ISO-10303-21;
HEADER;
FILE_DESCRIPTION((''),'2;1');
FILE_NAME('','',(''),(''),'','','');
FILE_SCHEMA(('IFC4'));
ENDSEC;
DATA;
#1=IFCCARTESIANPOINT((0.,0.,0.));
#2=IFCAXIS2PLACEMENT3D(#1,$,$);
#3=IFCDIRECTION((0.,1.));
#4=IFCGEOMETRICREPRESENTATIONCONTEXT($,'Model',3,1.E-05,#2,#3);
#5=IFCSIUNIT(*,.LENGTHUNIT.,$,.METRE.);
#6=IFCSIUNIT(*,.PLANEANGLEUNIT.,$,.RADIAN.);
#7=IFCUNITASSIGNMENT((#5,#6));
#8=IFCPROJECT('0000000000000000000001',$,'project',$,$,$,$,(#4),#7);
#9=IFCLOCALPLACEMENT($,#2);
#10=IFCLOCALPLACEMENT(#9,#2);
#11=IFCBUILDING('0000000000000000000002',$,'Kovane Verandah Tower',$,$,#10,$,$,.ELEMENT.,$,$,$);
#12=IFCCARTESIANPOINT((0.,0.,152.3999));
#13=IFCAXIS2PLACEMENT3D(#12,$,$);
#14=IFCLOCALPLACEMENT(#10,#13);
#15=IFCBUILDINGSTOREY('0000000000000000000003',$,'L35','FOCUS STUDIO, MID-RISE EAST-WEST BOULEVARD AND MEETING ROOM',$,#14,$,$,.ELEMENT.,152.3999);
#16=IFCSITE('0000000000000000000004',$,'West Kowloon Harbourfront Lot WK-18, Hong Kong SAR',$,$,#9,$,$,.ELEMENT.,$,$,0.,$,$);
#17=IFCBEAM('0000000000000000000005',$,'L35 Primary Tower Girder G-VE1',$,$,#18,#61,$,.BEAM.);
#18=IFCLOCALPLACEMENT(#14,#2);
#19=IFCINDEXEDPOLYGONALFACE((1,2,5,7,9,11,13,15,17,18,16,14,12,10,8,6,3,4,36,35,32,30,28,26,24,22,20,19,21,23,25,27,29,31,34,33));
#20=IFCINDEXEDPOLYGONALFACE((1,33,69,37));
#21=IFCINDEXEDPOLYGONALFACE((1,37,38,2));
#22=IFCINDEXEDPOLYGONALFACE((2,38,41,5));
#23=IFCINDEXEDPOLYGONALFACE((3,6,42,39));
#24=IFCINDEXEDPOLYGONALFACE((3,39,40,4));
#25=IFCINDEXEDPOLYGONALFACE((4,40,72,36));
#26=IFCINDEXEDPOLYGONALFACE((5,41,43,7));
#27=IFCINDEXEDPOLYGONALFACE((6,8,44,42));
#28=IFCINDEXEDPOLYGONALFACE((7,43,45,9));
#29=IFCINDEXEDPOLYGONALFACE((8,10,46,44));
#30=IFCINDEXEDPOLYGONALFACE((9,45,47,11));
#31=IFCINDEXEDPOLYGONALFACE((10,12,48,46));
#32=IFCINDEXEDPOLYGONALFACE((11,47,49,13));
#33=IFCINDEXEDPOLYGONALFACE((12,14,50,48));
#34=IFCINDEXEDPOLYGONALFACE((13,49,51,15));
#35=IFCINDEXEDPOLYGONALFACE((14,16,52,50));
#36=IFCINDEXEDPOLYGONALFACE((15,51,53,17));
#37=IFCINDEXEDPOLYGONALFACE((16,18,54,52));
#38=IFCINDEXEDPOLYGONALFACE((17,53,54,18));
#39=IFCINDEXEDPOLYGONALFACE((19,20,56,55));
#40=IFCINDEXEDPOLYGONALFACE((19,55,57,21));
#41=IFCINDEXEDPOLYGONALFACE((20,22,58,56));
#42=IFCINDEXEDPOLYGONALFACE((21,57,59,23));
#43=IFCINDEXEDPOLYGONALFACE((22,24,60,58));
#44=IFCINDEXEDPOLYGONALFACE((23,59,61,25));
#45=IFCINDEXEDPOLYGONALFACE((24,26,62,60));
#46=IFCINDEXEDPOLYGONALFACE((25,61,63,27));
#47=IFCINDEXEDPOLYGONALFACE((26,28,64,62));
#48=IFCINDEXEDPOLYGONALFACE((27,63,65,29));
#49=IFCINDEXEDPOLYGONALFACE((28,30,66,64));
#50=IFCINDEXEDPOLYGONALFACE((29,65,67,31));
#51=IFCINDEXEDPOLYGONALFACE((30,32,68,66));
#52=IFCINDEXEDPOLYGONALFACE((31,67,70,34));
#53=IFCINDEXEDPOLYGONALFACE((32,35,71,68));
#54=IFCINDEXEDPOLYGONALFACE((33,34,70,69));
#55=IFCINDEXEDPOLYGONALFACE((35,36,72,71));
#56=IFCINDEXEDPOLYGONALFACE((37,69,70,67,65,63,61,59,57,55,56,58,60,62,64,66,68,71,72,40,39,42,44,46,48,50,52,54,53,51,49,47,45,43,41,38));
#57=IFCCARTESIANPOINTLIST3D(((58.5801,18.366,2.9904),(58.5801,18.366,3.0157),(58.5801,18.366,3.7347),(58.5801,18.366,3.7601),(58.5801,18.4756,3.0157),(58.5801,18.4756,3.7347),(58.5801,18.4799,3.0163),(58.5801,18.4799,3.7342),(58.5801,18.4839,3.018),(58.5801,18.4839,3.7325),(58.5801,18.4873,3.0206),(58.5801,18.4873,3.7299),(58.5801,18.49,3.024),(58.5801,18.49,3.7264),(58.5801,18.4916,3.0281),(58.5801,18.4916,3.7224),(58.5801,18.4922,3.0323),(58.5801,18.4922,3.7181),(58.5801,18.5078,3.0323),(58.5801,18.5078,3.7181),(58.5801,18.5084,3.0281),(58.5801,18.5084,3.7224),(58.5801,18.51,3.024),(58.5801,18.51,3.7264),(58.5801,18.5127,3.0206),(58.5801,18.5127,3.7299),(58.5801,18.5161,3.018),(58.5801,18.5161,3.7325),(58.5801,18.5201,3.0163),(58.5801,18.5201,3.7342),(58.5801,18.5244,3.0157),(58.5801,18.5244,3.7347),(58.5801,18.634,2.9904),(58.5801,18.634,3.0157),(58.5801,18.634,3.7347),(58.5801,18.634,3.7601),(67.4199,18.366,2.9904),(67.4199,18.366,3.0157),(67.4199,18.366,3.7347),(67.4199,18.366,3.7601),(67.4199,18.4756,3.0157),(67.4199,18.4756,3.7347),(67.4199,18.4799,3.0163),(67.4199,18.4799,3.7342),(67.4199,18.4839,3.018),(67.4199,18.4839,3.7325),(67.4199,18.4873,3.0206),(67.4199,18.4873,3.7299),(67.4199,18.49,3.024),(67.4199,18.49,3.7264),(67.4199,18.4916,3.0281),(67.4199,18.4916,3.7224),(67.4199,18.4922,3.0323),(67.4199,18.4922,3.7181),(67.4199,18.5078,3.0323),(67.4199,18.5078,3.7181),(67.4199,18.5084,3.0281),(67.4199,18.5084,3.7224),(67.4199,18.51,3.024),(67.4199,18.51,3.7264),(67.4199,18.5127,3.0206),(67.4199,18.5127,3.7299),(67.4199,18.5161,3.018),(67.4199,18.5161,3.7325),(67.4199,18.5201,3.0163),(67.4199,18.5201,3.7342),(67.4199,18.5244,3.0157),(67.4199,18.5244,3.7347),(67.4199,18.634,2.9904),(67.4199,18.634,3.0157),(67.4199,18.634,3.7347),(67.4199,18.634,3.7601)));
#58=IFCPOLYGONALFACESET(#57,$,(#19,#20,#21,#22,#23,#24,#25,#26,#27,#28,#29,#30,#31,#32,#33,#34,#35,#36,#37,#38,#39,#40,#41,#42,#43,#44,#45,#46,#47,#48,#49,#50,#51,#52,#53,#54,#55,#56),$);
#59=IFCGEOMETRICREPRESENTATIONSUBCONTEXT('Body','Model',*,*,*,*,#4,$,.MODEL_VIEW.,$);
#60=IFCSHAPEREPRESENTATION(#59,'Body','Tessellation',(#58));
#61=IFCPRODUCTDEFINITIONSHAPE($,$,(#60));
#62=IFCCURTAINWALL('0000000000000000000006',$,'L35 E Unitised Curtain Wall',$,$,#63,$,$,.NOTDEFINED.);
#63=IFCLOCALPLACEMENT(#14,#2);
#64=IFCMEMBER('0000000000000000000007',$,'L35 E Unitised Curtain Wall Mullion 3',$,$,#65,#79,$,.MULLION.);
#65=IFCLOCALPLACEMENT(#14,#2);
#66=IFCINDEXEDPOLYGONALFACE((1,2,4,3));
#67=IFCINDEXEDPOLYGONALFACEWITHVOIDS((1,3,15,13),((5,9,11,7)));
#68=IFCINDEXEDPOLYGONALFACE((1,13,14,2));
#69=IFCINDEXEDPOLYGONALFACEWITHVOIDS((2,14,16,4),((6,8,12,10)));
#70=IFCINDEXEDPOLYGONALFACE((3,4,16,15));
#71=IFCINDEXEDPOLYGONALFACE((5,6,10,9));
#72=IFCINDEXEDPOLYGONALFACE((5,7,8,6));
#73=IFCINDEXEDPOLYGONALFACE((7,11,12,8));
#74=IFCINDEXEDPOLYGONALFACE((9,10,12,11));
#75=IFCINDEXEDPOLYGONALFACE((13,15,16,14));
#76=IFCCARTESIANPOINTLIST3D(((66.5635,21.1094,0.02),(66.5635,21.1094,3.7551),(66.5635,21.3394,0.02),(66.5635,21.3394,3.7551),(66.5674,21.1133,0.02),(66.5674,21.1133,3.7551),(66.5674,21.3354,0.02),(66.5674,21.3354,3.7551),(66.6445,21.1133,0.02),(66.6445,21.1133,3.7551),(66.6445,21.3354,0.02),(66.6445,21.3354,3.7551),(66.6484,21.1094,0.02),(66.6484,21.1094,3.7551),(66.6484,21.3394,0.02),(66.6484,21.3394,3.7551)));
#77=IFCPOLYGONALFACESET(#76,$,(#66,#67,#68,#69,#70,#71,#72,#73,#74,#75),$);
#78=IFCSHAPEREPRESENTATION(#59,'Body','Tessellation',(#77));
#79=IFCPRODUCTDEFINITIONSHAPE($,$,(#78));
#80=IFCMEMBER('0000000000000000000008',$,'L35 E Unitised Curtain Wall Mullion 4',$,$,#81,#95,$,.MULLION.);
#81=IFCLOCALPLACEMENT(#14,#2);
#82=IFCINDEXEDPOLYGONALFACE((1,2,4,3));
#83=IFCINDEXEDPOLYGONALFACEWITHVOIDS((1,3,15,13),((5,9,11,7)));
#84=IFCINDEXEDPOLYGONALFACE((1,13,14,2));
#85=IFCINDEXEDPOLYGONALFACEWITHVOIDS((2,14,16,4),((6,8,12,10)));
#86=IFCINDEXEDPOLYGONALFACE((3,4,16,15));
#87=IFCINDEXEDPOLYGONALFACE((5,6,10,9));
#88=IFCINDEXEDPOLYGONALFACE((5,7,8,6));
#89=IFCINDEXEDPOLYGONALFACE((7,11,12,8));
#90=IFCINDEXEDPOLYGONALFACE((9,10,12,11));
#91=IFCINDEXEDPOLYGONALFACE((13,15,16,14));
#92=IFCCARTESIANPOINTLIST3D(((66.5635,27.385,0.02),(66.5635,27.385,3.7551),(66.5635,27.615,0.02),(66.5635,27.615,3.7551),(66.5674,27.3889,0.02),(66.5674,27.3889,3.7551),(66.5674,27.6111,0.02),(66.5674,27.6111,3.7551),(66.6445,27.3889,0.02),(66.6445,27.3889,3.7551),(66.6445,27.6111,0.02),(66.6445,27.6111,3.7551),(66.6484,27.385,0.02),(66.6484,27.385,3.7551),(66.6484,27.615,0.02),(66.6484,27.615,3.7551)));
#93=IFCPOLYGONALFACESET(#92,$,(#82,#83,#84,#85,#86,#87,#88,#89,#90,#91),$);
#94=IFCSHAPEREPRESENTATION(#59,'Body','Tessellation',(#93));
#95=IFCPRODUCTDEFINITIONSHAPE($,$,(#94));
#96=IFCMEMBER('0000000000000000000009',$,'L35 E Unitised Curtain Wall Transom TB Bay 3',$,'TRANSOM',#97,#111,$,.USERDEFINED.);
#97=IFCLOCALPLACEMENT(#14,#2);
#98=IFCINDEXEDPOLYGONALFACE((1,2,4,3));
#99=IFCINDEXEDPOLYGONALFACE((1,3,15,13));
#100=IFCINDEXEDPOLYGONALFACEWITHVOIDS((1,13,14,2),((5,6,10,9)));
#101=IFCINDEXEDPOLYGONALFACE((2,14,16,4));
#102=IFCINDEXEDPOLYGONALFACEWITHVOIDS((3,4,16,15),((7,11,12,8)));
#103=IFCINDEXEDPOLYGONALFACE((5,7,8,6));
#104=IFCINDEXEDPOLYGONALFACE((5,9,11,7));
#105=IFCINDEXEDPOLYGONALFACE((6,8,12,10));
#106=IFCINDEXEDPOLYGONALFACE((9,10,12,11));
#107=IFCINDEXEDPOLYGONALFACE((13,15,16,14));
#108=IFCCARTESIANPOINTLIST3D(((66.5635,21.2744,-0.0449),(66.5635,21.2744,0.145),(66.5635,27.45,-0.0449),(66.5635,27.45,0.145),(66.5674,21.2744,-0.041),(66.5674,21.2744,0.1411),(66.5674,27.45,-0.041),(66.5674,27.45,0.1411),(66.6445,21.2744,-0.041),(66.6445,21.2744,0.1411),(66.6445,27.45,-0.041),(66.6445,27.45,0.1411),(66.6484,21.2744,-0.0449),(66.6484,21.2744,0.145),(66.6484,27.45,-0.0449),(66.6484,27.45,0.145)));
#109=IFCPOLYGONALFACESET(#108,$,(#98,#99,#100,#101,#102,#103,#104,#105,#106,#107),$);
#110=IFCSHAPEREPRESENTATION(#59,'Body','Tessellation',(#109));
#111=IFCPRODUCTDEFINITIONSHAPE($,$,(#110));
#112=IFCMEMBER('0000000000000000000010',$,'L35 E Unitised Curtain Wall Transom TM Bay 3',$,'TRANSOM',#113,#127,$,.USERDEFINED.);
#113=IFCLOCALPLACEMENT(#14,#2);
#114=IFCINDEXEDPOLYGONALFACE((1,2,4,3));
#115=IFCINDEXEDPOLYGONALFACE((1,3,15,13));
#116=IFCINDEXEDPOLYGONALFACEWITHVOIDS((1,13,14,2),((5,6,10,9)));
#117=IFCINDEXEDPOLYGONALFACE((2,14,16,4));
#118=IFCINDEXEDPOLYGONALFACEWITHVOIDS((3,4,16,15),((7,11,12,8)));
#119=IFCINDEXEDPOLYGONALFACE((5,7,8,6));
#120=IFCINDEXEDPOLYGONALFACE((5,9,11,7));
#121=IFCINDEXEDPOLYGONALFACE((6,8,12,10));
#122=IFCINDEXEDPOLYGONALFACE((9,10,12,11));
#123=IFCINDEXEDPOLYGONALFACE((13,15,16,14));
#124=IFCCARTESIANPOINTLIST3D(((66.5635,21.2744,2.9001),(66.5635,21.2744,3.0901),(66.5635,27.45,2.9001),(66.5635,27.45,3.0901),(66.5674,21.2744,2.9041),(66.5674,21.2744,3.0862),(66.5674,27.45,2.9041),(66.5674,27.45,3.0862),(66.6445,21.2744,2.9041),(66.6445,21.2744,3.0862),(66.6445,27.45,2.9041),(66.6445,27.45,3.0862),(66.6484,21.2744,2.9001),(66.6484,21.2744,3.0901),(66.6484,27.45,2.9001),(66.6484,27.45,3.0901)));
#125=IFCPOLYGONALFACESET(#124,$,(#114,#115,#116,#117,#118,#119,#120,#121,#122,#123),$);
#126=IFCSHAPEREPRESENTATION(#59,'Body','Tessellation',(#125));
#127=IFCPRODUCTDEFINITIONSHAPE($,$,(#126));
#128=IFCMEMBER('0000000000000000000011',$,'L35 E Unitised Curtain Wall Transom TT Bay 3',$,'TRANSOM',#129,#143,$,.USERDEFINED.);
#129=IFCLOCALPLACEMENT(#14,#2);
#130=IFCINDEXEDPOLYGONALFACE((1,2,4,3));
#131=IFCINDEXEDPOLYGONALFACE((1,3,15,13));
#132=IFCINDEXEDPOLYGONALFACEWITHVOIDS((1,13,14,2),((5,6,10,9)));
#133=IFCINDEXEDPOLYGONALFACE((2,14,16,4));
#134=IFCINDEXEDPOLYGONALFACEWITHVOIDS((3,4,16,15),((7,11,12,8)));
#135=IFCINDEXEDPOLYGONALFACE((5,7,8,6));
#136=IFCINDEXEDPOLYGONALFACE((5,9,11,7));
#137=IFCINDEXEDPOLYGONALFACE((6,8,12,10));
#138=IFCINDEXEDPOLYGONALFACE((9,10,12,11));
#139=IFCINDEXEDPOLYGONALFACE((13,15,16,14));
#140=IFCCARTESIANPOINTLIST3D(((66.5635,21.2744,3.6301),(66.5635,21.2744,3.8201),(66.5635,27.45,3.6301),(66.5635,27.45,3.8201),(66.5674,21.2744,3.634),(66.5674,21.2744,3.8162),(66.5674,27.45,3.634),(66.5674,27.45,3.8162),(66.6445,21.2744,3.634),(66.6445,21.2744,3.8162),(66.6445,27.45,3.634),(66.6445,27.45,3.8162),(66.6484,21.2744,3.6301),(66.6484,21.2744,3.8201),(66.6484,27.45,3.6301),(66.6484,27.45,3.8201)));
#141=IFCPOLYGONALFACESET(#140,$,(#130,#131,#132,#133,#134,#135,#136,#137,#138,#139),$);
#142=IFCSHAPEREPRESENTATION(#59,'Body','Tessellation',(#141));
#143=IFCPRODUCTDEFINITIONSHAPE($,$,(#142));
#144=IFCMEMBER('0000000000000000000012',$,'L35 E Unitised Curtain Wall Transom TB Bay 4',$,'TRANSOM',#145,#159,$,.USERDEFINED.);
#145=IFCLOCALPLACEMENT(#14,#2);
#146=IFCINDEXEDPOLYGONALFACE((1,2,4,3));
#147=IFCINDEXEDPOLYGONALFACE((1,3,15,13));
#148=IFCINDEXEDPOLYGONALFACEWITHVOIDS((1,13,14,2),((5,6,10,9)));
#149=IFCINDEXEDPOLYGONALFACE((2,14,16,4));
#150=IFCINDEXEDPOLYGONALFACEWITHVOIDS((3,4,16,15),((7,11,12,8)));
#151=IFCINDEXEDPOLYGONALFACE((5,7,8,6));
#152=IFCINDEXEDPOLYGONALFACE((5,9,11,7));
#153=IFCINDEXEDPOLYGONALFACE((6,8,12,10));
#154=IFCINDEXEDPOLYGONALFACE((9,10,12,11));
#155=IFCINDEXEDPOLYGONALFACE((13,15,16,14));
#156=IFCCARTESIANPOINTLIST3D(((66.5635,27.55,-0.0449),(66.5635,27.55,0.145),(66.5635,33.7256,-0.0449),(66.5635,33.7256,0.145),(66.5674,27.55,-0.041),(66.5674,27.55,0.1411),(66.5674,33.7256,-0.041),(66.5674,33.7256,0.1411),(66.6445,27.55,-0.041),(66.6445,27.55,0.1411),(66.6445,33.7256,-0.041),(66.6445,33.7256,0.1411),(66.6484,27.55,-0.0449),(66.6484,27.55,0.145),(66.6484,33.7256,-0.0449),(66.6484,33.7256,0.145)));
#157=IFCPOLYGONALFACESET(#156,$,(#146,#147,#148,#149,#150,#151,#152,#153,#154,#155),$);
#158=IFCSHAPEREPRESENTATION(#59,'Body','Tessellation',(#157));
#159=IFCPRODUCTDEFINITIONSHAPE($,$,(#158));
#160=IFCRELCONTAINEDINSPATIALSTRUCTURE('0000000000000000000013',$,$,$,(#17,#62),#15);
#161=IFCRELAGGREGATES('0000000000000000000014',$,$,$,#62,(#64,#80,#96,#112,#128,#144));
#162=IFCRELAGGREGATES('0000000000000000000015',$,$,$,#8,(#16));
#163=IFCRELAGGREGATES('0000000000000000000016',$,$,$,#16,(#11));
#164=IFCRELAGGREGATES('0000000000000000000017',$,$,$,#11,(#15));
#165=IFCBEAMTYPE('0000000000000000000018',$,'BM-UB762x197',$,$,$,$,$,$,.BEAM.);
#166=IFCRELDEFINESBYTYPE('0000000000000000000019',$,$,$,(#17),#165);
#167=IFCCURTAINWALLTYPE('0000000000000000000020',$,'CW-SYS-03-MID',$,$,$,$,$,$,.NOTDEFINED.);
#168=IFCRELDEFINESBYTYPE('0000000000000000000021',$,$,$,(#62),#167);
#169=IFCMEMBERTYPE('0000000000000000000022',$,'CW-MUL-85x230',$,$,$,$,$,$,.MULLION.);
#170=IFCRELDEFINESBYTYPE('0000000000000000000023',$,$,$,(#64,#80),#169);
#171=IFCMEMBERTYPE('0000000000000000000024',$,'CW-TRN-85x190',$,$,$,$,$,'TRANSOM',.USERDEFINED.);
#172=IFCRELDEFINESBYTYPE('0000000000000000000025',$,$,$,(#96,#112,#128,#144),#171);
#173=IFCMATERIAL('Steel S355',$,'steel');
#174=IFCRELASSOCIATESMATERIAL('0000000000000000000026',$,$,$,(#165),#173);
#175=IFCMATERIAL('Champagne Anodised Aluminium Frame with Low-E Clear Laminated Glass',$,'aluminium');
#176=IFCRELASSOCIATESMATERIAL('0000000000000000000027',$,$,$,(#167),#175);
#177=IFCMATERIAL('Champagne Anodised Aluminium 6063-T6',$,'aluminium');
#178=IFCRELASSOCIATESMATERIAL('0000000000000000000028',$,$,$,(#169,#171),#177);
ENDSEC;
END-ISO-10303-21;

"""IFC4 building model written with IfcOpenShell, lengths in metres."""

from ifc_helpers import new_model, si_unit, direction, frame, origin, origin_2d, place, context, subcontext, project, spatial, hollow_rectangle, i_section, extrude, material, material_profile, profile_set, type_object, element, aggregate, save


model = new_model("IFC4")

# Units and contexts
model_context = context("Model", 3, precision=1e-05, world=origin(), true_north=direction((0.0, 1.0)))
body_context = subcontext(model_context, "Body", "Model", "MODEL_VIEW")
ifc_project = project(units=[si_unit("LENGTHUNIT", "METRE"), si_unit("PLANEANGLEUNIT", "RADIAN")], contexts=[model_context])

# Site, building, storey
site_placement = place(None, origin())
site = spatial("IfcSite", under=ifc_project, at=site_placement, Name="West Kowloon Harbourfront Lot WK-18, Hong Kong SAR", CompositionType="ELEMENT", RefElevation=0.0)
building_placement = place(site_placement, origin())
building = spatial("IfcBuilding", under=site, at=building_placement, Name="Kovane Verandah Tower", CompositionType="ELEMENT")
storey_placement = place(building_placement, frame((0.0, 0.0, 152.3999)))
storey = spatial("IfcBuildingStorey", under=building, at=storey_placement, Name="L35", Description="FOCUS STUDIO, MID-RISE EAST-WEST BOULEVARD AND MEETING ROOM", CompositionType="ELEMENT", Elevation=152.3999)

# Beam
ifc_material_1 = material(Name="Steel S355", Category="steel")
ifc_material_profile_1 = material_profile(ifc_material_1, i_section(OverallWidth=0.2681, OverallDepth=0.7698, WebThickness=0.0156, FlangeThickness=0.0254, FilletRadius=0.0166, at=origin_2d()), Name="UB762x267x197")
ifc_profile_set_1 = profile_set([ifc_material_profile_1], Name="Steel S355")
beam_type_1 = type_object("IfcBeamType", Name="BM-UB762x197", PredefinedType="BEAM", material=ifc_profile_set_1)
beam_1_placement = place(storey_placement, frame((58.5801, 18.5, 3.3752), z_axis=(1.0, 0.0, 0.0), x_axis=(0.0, 1.0, 0.0)))
element("IfcBeam", 1, at=beam_1_placement, inside=storey, type_object=beam_type_1, Name="L35 Primary Tower Girder G-VE1", PredefinedType="BEAM", context=body_context, shape_type="SweptSolid", body=[
    extrude(i_section(OverallWidth=0.2681, OverallDepth=0.7698, WebThickness=0.0156, FlangeThickness=0.0254, FilletRadius=0.0166, at=origin_2d()), origin(), (0.0, 0.0, 1.0), 8.8398),
])

# Curtain wall, members
ifc_material_2 = material(Name="Champagne Anodised Aluminium Frame with Low-E Clear Laminated Glass", Category="aluminium")
curtain_wall_type = type_object("IfcCurtainWallType", Name="CW-SYS-03-MID", PredefinedType="NOTDEFINED", material=ifc_material_2)
curtain_wall_placement = place(storey_placement, origin())
curtain_wall = element("IfcCurtainWall", 2, at=curtain_wall_placement, inside=storey, type_object=curtain_wall_type, Name="L35 E Unitised Curtain Wall", PredefinedType="NOTDEFINED")
ifc_material_3 = material(Name="Champagne Anodised Aluminium 6063-T6", Category="aluminium")
ifc_material_profile_2 = material_profile(ifc_material_3, hollow_rectangle(XDim=0.085, YDim=0.23, WallThickness=0.0039, at=origin_2d()), Name="AL85x230x4")
ifc_profile_set_2 = profile_set([ifc_material_profile_2], Name="Champagne Anodised Aluminium 6063-T6")
member_type_1 = type_object("IfcMemberType", Name="CW-MUL-85x230", PredefinedType="MULLION", material=ifc_profile_set_2)
member_1_placement = place(storey_placement, frame((66.606, 21.2244, 0.02), z_axis=(0.0, 0.0, 1.0), x_axis=(1.0, 0.0, 0.0)))
member_1 = element("IfcMember", 3, at=member_1_placement, type_object=member_type_1, Name="L35 E Unitised Curtain Wall Mullion 3", PredefinedType="MULLION", context=body_context, shape_type="SweptSolid", body=[
    extrude(hollow_rectangle(XDim=0.085, YDim=0.23, WallThickness=0.0039, at=origin_2d()), origin(), (0.0, 0.0, 1.0), 3.7351),
])
member_2_placement = place(storey_placement, frame((66.606, 27.5, 0.02), z_axis=(0.0, 0.0, 1.0), x_axis=(1.0, 0.0, 0.0)))
member_2 = element("IfcMember", 4, at=member_2_placement, type_object=member_type_1, Name="L35 E Unitised Curtain Wall Mullion 4", PredefinedType="MULLION", context=body_context, shape_type="SweptSolid", body=[
    extrude(hollow_rectangle(XDim=0.085, YDim=0.23, WallThickness=0.0039, at=origin_2d()), origin(), (0.0, 0.0, 1.0), 3.7351),
])
ifc_material_profile_3 = material_profile(ifc_material_3, hollow_rectangle(XDim=0.085, YDim=0.1899, WallThickness=0.0039, at=origin_2d()), Name="AL85x190x4")
ifc_profile_set_3 = profile_set([ifc_material_profile_3], Name="Champagne Anodised Aluminium 6063-T6")
member_type_2 = type_object("IfcMemberType", Name="CW-TRN-85x190", ElementType="TRANSOM", PredefinedType="USERDEFINED", material=ifc_profile_set_3)
member_3_placement = place(storey_placement, frame((66.606, 21.2744, 0.05), z_axis=(0.0, 1.0, 0.0), x_axis=(-1.0, 0.0, 0.0)))
member_3 = element("IfcMember", 5, at=member_3_placement, type_object=member_type_2, Name="L35 E Unitised Curtain Wall Transom TB Bay 3", ObjectType="TRANSOM", PredefinedType="USERDEFINED", context=body_context, shape_type="SweptSolid", body=[
    extrude(hollow_rectangle(XDim=0.085, YDim=0.1899, WallThickness=0.0039, at=origin_2d()), origin(), (0.0, 0.0, 1.0), 6.1755),
])
member_4_placement = place(storey_placement, frame((66.606, 21.2744, 2.9951), z_axis=(0.0, 1.0, 0.0), x_axis=(-1.0, 0.0, 0.0)))
member_4 = element("IfcMember", 6, at=member_4_placement, type_object=member_type_2, Name="L35 E Unitised Curtain Wall Transom TM Bay 3", ObjectType="TRANSOM", PredefinedType="USERDEFINED", context=body_context, shape_type="SweptSolid", body=[
    extrude(hollow_rectangle(XDim=0.085, YDim=0.1899, WallThickness=0.0039, at=origin_2d()), origin(), (0.0, 0.0, 1.0), 6.1755),
])
member_5_placement = place(storey_placement, frame((66.606, 21.2744, 3.7251), z_axis=(0.0, 1.0, 0.0), x_axis=(-1.0, 0.0, 0.0)))
member_5 = element("IfcMember", 7, at=member_5_placement, type_object=member_type_2, Name="L35 E Unitised Curtain Wall Transom TT Bay 3", ObjectType="TRANSOM", PredefinedType="USERDEFINED", context=body_context, shape_type="SweptSolid", body=[
    extrude(hollow_rectangle(XDim=0.085, YDim=0.1899, WallThickness=0.0039, at=origin_2d()), origin(), (0.0, 0.0, 1.0), 6.1755),
])
member_6_placement = place(storey_placement, frame((66.606, 27.55, 0.05), z_axis=(0.0, 1.0, 0.0), x_axis=(-1.0, 0.0, 0.0)))
member_6 = element("IfcMember", 8, at=member_6_placement, type_object=member_type_2, Name="L35 E Unitised Curtain Wall Transom TB Bay 4", ObjectType="TRANSOM", PredefinedType="USERDEFINED", context=body_context, shape_type="SweptSolid", body=[
    extrude(hollow_rectangle(XDim=0.085, YDim=0.1899, WallThickness=0.0039, at=origin_2d()), origin(), (0.0, 0.0, 1.0), 6.1755),
])

aggregate(curtain_wall, [member_1, member_2, member_3, member_4, member_5, member_6])

save(model, "model.ifc")
